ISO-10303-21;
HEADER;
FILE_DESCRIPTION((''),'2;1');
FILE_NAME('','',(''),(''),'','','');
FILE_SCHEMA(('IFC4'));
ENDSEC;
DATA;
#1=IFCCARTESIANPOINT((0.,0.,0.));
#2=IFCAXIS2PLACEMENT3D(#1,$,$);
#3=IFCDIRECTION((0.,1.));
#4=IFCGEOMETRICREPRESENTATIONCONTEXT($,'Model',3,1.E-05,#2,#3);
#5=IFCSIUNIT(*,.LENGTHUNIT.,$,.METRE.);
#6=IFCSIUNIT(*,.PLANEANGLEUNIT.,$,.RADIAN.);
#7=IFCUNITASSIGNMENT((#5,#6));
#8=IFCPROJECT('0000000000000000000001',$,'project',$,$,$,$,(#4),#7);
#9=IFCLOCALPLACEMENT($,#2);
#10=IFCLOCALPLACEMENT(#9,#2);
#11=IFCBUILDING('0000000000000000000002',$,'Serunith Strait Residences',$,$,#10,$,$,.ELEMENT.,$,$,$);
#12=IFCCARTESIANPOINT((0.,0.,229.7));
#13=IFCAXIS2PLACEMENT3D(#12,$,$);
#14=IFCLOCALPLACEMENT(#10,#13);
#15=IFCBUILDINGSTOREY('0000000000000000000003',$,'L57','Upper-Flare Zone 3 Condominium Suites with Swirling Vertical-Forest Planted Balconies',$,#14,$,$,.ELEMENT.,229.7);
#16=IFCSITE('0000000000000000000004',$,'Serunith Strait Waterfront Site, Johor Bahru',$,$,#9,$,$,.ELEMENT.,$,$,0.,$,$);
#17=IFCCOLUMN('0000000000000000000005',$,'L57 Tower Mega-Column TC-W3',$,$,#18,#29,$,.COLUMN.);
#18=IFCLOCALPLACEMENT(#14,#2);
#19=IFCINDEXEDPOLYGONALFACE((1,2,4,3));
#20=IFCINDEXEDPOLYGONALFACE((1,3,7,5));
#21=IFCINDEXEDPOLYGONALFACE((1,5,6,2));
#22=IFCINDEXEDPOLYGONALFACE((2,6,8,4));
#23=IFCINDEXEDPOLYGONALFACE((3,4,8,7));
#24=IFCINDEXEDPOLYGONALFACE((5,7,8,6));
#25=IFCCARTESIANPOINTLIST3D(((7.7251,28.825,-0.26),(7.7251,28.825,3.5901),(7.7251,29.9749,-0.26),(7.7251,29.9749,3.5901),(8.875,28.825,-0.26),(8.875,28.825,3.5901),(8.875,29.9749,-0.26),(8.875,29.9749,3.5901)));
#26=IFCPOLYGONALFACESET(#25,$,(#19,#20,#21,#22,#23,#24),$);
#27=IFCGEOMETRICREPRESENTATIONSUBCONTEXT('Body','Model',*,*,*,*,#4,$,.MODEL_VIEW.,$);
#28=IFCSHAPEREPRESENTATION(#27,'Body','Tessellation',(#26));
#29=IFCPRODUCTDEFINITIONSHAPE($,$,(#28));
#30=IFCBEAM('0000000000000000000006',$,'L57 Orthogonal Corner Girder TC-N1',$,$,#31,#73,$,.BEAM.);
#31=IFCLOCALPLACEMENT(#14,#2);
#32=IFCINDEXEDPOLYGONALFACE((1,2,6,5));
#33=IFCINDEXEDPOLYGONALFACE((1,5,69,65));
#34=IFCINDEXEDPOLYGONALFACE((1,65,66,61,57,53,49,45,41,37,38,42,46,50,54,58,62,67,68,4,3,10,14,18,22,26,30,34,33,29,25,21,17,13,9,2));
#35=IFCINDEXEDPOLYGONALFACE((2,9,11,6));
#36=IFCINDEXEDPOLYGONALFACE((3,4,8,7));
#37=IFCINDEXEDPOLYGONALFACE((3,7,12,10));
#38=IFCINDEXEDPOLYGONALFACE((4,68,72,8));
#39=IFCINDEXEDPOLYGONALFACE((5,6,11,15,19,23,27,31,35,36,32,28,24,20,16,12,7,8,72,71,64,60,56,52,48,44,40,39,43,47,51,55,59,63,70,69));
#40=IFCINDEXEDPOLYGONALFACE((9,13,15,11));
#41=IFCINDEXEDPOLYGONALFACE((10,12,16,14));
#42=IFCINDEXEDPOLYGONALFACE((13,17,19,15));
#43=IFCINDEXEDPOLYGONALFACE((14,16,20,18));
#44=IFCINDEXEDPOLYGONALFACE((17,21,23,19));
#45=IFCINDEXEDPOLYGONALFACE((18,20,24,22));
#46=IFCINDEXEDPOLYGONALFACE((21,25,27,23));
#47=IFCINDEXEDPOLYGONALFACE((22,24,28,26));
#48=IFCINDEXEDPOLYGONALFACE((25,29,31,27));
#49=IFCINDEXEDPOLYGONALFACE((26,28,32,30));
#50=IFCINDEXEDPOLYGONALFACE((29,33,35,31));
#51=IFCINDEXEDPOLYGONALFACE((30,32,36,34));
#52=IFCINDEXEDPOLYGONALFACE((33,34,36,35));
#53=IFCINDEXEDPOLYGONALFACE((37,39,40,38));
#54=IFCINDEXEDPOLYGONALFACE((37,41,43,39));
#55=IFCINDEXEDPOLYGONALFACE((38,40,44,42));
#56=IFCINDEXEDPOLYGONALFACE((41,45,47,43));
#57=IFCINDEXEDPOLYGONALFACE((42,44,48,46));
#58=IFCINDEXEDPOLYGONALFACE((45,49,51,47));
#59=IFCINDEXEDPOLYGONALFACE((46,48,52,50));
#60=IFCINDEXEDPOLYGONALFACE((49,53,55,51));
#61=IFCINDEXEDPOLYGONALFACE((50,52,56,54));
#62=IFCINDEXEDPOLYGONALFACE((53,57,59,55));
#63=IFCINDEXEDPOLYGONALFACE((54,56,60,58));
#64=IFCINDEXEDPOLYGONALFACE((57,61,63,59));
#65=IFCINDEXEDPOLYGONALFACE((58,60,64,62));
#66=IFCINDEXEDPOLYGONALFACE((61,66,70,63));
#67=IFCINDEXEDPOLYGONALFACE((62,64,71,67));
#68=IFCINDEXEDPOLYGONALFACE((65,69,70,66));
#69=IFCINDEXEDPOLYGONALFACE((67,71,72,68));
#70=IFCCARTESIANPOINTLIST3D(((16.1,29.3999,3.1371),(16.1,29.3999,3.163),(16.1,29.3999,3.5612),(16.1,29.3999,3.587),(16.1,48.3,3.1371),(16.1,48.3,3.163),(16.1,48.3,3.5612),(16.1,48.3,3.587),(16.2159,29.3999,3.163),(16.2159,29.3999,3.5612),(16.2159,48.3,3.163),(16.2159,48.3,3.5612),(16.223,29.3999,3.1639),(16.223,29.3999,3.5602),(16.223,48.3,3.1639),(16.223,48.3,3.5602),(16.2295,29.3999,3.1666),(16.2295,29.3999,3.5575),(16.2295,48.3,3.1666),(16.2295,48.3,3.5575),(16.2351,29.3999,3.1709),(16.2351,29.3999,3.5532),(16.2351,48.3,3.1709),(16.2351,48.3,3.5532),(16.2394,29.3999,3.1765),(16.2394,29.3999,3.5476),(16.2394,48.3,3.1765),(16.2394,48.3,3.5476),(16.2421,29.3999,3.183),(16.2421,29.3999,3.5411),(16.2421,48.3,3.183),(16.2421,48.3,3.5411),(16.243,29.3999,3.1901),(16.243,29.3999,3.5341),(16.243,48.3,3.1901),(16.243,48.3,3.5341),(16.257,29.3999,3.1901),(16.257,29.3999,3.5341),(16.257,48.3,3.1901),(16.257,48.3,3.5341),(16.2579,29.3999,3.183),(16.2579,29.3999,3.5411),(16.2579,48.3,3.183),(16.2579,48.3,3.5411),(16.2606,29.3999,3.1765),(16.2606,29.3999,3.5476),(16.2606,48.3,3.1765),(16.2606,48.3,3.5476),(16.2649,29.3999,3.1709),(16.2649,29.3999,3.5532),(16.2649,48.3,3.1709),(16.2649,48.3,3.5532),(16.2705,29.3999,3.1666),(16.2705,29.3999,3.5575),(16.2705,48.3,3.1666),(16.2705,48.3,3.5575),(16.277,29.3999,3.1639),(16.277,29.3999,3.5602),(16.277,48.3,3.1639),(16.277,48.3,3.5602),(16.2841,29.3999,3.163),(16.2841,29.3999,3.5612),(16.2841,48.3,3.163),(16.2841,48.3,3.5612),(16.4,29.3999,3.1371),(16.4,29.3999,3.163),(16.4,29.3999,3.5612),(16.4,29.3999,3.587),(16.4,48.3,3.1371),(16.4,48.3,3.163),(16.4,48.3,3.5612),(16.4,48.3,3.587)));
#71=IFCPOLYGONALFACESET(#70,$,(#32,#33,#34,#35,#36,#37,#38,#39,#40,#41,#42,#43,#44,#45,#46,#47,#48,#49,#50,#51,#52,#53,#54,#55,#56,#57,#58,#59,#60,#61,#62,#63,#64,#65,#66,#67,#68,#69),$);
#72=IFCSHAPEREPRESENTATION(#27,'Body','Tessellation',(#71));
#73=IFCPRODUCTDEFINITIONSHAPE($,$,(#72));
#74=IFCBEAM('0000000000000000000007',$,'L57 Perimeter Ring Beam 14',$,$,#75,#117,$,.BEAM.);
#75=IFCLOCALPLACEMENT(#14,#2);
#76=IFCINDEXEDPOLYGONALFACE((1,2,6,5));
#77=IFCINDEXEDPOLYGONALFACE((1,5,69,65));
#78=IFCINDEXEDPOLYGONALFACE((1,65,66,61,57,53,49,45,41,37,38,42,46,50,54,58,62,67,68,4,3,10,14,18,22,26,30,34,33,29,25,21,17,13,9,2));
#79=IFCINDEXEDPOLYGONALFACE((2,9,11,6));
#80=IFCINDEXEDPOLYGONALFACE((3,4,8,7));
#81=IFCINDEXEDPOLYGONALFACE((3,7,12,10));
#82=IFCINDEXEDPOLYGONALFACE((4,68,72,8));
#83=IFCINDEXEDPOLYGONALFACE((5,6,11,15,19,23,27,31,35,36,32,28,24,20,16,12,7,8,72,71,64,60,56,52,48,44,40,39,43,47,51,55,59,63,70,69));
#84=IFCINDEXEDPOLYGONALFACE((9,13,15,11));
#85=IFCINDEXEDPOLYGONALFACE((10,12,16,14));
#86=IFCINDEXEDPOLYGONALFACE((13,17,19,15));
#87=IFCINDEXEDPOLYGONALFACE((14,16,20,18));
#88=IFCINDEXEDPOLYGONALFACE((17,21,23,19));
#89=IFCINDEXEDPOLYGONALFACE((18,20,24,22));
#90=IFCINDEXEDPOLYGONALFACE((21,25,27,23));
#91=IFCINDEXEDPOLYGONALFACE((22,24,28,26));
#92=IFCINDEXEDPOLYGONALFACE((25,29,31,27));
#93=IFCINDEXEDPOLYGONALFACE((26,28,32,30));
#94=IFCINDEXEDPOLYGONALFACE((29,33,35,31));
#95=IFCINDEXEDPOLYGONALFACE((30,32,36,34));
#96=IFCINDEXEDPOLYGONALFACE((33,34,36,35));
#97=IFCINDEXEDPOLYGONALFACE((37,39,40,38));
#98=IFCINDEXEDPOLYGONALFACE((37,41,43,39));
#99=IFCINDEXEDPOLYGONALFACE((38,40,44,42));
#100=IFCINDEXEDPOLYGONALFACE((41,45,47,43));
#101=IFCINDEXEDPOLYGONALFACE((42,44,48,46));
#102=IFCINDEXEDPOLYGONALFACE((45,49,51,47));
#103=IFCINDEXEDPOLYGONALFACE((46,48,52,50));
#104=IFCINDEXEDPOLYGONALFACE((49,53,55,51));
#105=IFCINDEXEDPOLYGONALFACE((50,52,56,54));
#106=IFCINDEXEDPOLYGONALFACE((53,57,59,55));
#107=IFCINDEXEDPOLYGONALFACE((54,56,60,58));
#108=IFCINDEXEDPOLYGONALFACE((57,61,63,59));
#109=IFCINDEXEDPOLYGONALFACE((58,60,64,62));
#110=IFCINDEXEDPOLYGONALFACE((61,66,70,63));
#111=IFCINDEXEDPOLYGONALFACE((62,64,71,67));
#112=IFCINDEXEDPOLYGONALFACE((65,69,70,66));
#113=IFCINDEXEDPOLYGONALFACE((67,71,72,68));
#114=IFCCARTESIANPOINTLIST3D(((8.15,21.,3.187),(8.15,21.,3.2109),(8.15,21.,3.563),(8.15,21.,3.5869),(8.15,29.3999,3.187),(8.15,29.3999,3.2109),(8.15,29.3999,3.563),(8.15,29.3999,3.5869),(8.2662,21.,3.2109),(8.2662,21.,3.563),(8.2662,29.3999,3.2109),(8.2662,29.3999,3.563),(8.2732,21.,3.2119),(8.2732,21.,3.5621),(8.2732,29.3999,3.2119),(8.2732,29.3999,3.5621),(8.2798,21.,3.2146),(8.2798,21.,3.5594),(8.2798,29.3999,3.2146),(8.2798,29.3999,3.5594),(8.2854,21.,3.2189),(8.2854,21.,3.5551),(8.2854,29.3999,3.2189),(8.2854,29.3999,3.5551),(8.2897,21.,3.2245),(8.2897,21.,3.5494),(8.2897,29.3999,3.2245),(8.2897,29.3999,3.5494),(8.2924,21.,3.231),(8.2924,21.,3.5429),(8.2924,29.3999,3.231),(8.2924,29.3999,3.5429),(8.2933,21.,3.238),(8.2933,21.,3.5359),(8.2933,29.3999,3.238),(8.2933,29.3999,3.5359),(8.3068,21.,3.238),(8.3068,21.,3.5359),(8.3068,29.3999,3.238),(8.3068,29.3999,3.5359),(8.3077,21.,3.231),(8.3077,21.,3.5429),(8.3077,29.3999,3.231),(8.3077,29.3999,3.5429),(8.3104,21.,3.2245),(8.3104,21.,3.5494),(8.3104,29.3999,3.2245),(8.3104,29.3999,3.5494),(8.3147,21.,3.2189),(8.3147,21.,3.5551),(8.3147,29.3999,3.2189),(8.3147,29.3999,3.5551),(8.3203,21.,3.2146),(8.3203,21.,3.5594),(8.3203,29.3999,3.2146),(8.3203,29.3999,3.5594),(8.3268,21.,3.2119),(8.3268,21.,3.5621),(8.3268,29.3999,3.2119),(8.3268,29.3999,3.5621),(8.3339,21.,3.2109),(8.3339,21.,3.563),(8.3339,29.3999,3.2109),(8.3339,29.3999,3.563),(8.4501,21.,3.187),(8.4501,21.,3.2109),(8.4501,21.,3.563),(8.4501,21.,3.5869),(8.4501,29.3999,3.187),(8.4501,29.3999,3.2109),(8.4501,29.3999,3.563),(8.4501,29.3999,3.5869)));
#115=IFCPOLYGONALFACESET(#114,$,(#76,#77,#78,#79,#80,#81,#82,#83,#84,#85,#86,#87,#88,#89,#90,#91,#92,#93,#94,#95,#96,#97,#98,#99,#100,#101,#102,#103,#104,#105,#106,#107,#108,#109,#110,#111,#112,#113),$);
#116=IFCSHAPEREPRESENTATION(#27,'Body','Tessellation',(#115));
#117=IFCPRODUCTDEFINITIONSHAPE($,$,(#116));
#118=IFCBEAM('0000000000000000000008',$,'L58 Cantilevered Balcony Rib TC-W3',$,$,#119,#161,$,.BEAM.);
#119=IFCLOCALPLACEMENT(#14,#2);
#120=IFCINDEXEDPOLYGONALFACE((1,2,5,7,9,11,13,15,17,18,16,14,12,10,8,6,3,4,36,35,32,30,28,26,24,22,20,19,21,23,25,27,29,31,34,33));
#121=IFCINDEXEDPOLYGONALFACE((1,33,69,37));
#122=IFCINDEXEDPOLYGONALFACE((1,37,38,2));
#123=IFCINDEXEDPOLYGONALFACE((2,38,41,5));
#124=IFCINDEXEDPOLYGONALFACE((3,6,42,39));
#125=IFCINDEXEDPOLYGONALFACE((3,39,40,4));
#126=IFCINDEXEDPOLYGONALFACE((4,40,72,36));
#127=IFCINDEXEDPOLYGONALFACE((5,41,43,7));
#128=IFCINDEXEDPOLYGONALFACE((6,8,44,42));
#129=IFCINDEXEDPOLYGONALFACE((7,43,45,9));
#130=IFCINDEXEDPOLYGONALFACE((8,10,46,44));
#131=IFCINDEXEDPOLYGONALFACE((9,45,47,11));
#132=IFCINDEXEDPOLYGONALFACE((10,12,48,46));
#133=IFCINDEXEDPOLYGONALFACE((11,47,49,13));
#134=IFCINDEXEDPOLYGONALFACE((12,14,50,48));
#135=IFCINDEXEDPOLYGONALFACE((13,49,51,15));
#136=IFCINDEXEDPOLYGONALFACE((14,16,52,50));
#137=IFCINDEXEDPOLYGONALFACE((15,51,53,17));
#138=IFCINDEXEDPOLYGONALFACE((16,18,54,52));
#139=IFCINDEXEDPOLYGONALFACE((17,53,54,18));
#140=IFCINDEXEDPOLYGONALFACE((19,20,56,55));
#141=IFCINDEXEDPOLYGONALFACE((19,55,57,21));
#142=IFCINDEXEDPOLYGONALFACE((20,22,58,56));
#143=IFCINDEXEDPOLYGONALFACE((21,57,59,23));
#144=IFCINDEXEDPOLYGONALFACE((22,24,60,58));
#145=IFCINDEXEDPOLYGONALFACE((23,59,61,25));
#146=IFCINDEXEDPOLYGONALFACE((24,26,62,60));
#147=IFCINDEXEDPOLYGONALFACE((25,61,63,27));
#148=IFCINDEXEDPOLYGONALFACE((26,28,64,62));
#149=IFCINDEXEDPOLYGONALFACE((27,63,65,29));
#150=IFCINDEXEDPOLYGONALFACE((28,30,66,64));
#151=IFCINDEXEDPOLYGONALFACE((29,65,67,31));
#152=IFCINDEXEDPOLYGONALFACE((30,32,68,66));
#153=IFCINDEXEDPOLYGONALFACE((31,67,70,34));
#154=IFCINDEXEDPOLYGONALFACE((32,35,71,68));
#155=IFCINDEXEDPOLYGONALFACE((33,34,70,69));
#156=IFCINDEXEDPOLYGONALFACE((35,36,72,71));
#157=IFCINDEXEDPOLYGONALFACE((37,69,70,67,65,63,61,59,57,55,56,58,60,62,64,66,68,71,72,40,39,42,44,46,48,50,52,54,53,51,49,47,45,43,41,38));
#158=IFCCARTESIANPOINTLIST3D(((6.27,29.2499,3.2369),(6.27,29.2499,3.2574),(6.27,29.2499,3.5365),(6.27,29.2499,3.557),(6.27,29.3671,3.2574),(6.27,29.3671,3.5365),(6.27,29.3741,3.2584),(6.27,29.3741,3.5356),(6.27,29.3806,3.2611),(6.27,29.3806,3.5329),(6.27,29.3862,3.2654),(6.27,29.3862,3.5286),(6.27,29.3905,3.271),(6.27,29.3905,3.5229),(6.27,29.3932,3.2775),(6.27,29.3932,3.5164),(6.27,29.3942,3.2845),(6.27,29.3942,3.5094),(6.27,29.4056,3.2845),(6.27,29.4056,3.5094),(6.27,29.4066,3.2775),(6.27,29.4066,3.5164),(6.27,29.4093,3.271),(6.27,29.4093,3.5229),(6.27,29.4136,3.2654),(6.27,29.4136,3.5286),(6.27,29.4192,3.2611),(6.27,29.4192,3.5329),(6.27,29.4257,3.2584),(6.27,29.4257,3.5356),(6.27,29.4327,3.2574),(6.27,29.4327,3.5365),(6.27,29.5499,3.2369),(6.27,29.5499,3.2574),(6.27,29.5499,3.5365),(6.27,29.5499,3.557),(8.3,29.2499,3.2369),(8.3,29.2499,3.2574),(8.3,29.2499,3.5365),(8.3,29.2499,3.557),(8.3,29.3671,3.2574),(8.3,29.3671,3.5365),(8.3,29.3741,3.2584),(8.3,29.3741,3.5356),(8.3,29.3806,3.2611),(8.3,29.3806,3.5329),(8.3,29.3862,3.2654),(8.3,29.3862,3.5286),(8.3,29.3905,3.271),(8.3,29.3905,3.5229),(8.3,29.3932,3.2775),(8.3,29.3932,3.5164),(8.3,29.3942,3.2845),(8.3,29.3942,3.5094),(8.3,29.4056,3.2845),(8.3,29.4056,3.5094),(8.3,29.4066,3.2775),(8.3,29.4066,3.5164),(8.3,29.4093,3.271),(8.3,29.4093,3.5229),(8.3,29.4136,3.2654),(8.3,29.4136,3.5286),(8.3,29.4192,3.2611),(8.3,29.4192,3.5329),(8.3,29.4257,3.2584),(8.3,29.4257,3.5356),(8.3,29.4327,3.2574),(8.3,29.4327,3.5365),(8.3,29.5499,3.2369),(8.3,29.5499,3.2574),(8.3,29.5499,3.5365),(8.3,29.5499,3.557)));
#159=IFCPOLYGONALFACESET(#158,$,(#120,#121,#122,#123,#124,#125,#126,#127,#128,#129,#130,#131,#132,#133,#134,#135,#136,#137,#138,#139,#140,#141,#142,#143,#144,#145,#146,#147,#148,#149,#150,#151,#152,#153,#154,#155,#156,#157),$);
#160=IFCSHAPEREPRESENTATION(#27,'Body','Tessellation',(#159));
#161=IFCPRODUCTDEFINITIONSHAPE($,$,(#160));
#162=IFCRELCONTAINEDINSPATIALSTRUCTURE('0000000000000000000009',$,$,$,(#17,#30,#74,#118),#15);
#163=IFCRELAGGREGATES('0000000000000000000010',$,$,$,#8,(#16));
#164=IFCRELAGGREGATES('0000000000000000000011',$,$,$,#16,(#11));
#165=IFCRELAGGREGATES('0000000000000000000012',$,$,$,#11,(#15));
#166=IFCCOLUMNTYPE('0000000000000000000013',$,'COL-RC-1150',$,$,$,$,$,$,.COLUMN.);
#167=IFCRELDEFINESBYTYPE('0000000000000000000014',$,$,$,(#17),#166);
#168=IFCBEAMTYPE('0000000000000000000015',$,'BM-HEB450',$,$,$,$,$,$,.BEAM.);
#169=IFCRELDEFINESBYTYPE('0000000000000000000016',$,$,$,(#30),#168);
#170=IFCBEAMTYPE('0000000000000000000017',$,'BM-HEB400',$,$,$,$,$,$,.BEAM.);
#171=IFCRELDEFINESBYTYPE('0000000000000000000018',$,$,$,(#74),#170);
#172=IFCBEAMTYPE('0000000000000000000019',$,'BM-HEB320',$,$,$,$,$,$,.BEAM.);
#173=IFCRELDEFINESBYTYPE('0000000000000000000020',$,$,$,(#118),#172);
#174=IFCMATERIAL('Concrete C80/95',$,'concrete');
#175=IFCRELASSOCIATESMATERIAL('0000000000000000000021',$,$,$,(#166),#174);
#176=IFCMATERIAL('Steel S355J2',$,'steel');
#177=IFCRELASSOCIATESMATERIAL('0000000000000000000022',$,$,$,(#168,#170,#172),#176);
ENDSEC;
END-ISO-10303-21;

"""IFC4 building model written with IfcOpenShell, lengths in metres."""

from ifc_helpers import new_model, si_unit, direction, frame, origin, origin_2d, place, context, subcontext, project, spatial, rectangle, i_section, extrude, source, transform, mapped, material, material_profile, profile_set, type_object, element, save


model = new_model("IFC4")

# Units and contexts
model_context = context("Model", 3, precision=1e-05, world=origin(), true_north=direction((0.0, 1.0)))
body_context = subcontext(model_context, "Body", "Model", "MODEL_VIEW")
ifc_project = project(units=[si_unit("LENGTHUNIT", "METRE"), si_unit("PLANEANGLEUNIT", "RADIAN")], contexts=[model_context])

# Site, building, storey
site_placement = place(None, origin())
site = spatial("IfcSite", under=ifc_project, at=site_placement, Name="Serunith Strait Waterfront Site, Johor Bahru", CompositionType="ELEMENT", RefElevation=0.0)
building_placement = place(site_placement, origin())
building = spatial("IfcBuilding", under=site, at=building_placement, Name="Serunith Strait Residences", CompositionType="ELEMENT")
storey_placement = place(building_placement, frame((0.0, 0.0, 229.7)))
storey = spatial("IfcBuildingStorey", under=building, at=storey_placement, Name="L57", Description="Upper-Flare Zone 3 Condominium Suites with Swirling Vertical-Forest Planted Balconies", CompositionType="ELEMENT", Elevation=229.7)

# Column
ifc_material_1 = material(Name="Concrete C80/95", Category="concrete")
ifc_material_profile_1 = material_profile(ifc_material_1, rectangle(XDim=1.1499, YDim=1.1499, at=origin_2d()), Name="RC 1150x1150")
ifc_profile_set_1 = profile_set([ifc_material_profile_1], Name="Concrete C80/95")
column_type = type_object("IfcColumnType", Name="COL-RC-1150", PredefinedType="COLUMN", material=ifc_profile_set_1)
shared_shape_1 = source(origin(), body_context, "Body", "SweptSolid", [
    extrude(rectangle(XDim=1.1499, YDim=1.1499, at=origin_2d()), origin(), (0.0, 0.0, 1.0), 3.8501),
])
column_placement = place(storey_placement, frame((8.3, 29.3999, -0.26), z_axis=(0.0, 0.0, 1.0), x_axis=(1.0, 0.0, 0.0)))
element("IfcColumn", 1, at=column_placement, inside=storey, type_object=column_type, Name="L57 Tower Mega-Column TC-W3", PredefinedType="COLUMN", context=body_context, shape_type="MappedRepresentation", body=[
    mapped(shared_shape_1, transform((0.0, 0.0, 0.0), scale=1.0)),
])

# Beams
ifc_material_2 = material(Name="Steel S355J2", Category="steel")
ifc_material_profile_2 = material_profile(ifc_material_2, i_section(OverallWidth=0.3, OverallDepth=0.45, WebThickness=0.0139, FlangeThickness=0.0259, FilletRadius=0.0271, at=origin_2d()), Name="HEB 450")
ifc_profile_set_2 = profile_set([ifc_material_profile_2], Name="Steel S355J2")
beam_type_1 = type_object("IfcBeamType", Name="BM-HEB450", PredefinedType="BEAM", material=ifc_profile_set_2)
shared_shape_2 = source(origin(), body_context, "Body", "SweptSolid", [
    extrude(i_section(OverallWidth=0.3, OverallDepth=0.45, WebThickness=0.0139, FlangeThickness=0.0259, FilletRadius=0.0271, at=origin_2d()), origin(), (0.0, 0.0, 1.0), 18.9001),
])
beam_1_placement = place(storey_placement, frame((16.25, 29.3999, 3.3621), z_axis=(0.0, 1.0, 0.0), x_axis=(-1.0, 0.0, 0.0)))
element("IfcBeam", 2, at=beam_1_placement, inside=storey, type_object=beam_type_1, Name="L57 Orthogonal Corner Girder TC-N1", PredefinedType="BEAM", context=body_context, shape_type="MappedRepresentation", body=[
    mapped(shared_shape_2, transform((0.0, 0.0, 0.0), scale=1.0)),
])
ifc_material_profile_3 = material_profile(ifc_material_2, i_section(OverallWidth=0.3, OverallDepth=0.3999, WebThickness=0.0134, FlangeThickness=0.0239, FilletRadius=0.0271, at=origin_2d()), Name="HEB 400")
ifc_profile_set_3 = profile_set([ifc_material_profile_3], Name="Steel S355J2")
beam_type_2 = type_object("IfcBeamType", Name="BM-HEB400", PredefinedType="BEAM", material=ifc_profile_set_3)
shared_shape_3 = source(origin(), body_context, "Body", "SweptSolid", [
    extrude(i_section(OverallWidth=0.3, OverallDepth=0.3999, WebThickness=0.0134, FlangeThickness=0.0239, FilletRadius=0.0271, at=origin_2d()), origin(), (0.0, 0.0, 1.0), 8.3999),
])
beam_2_placement = place(storey_placement, frame((8.3, 29.3999, 3.387), z_axis=(0.0, -1.0, 0.0), x_axis=(1.0, 0.0, 0.0)))
element("IfcBeam", 3, at=beam_2_placement, inside=storey, type_object=beam_type_2, Name="L57 Perimeter Ring Beam 14", PredefinedType="BEAM", context=body_context, shape_type="MappedRepresentation", body=[
    mapped(shared_shape_3, transform((0.0, 0.0, 0.0), scale=1.0)),
])
ifc_material_profile_4 = material_profile(ifc_material_2, i_section(OverallWidth=0.3, OverallDepth=0.3201, WebThickness=0.0115, FlangeThickness=0.0205, FilletRadius=0.0271, at=origin_2d()), Name="HEB 320")
ifc_profile_set_4 = profile_set([ifc_material_profile_4], Name="Steel S355J2")
beam_type_3 = type_object("IfcBeamType", Name="BM-HEB320", PredefinedType="BEAM", material=ifc_profile_set_4)
shared_shape_4 = source(origin(), body_context, "Body", "SweptSolid", [
    extrude(i_section(OverallWidth=0.3, OverallDepth=0.3201, WebThickness=0.0115, FlangeThickness=0.0205, FilletRadius=0.0271, at=origin_2d()), origin(), (0.0, 0.0, 1.0), 2.03),
])
beam_3_placement = place(storey_placement, frame((8.3, 29.3999, 3.397), z_axis=(-1.0, 0.0, 0.0), x_axis=(0.0, -1.0, 0.0)))
element("IfcBeam", 4, at=beam_3_placement, inside=storey, type_object=beam_type_3, Name="L58 Cantilevered Balcony Rib TC-W3", PredefinedType="BEAM", context=body_context, shape_type="MappedRepresentation", body=[
    mapped(shared_shape_4, transform((0.0, 0.0, 0.0), scale=1.0)),
])

save(model, "model.ifc")
